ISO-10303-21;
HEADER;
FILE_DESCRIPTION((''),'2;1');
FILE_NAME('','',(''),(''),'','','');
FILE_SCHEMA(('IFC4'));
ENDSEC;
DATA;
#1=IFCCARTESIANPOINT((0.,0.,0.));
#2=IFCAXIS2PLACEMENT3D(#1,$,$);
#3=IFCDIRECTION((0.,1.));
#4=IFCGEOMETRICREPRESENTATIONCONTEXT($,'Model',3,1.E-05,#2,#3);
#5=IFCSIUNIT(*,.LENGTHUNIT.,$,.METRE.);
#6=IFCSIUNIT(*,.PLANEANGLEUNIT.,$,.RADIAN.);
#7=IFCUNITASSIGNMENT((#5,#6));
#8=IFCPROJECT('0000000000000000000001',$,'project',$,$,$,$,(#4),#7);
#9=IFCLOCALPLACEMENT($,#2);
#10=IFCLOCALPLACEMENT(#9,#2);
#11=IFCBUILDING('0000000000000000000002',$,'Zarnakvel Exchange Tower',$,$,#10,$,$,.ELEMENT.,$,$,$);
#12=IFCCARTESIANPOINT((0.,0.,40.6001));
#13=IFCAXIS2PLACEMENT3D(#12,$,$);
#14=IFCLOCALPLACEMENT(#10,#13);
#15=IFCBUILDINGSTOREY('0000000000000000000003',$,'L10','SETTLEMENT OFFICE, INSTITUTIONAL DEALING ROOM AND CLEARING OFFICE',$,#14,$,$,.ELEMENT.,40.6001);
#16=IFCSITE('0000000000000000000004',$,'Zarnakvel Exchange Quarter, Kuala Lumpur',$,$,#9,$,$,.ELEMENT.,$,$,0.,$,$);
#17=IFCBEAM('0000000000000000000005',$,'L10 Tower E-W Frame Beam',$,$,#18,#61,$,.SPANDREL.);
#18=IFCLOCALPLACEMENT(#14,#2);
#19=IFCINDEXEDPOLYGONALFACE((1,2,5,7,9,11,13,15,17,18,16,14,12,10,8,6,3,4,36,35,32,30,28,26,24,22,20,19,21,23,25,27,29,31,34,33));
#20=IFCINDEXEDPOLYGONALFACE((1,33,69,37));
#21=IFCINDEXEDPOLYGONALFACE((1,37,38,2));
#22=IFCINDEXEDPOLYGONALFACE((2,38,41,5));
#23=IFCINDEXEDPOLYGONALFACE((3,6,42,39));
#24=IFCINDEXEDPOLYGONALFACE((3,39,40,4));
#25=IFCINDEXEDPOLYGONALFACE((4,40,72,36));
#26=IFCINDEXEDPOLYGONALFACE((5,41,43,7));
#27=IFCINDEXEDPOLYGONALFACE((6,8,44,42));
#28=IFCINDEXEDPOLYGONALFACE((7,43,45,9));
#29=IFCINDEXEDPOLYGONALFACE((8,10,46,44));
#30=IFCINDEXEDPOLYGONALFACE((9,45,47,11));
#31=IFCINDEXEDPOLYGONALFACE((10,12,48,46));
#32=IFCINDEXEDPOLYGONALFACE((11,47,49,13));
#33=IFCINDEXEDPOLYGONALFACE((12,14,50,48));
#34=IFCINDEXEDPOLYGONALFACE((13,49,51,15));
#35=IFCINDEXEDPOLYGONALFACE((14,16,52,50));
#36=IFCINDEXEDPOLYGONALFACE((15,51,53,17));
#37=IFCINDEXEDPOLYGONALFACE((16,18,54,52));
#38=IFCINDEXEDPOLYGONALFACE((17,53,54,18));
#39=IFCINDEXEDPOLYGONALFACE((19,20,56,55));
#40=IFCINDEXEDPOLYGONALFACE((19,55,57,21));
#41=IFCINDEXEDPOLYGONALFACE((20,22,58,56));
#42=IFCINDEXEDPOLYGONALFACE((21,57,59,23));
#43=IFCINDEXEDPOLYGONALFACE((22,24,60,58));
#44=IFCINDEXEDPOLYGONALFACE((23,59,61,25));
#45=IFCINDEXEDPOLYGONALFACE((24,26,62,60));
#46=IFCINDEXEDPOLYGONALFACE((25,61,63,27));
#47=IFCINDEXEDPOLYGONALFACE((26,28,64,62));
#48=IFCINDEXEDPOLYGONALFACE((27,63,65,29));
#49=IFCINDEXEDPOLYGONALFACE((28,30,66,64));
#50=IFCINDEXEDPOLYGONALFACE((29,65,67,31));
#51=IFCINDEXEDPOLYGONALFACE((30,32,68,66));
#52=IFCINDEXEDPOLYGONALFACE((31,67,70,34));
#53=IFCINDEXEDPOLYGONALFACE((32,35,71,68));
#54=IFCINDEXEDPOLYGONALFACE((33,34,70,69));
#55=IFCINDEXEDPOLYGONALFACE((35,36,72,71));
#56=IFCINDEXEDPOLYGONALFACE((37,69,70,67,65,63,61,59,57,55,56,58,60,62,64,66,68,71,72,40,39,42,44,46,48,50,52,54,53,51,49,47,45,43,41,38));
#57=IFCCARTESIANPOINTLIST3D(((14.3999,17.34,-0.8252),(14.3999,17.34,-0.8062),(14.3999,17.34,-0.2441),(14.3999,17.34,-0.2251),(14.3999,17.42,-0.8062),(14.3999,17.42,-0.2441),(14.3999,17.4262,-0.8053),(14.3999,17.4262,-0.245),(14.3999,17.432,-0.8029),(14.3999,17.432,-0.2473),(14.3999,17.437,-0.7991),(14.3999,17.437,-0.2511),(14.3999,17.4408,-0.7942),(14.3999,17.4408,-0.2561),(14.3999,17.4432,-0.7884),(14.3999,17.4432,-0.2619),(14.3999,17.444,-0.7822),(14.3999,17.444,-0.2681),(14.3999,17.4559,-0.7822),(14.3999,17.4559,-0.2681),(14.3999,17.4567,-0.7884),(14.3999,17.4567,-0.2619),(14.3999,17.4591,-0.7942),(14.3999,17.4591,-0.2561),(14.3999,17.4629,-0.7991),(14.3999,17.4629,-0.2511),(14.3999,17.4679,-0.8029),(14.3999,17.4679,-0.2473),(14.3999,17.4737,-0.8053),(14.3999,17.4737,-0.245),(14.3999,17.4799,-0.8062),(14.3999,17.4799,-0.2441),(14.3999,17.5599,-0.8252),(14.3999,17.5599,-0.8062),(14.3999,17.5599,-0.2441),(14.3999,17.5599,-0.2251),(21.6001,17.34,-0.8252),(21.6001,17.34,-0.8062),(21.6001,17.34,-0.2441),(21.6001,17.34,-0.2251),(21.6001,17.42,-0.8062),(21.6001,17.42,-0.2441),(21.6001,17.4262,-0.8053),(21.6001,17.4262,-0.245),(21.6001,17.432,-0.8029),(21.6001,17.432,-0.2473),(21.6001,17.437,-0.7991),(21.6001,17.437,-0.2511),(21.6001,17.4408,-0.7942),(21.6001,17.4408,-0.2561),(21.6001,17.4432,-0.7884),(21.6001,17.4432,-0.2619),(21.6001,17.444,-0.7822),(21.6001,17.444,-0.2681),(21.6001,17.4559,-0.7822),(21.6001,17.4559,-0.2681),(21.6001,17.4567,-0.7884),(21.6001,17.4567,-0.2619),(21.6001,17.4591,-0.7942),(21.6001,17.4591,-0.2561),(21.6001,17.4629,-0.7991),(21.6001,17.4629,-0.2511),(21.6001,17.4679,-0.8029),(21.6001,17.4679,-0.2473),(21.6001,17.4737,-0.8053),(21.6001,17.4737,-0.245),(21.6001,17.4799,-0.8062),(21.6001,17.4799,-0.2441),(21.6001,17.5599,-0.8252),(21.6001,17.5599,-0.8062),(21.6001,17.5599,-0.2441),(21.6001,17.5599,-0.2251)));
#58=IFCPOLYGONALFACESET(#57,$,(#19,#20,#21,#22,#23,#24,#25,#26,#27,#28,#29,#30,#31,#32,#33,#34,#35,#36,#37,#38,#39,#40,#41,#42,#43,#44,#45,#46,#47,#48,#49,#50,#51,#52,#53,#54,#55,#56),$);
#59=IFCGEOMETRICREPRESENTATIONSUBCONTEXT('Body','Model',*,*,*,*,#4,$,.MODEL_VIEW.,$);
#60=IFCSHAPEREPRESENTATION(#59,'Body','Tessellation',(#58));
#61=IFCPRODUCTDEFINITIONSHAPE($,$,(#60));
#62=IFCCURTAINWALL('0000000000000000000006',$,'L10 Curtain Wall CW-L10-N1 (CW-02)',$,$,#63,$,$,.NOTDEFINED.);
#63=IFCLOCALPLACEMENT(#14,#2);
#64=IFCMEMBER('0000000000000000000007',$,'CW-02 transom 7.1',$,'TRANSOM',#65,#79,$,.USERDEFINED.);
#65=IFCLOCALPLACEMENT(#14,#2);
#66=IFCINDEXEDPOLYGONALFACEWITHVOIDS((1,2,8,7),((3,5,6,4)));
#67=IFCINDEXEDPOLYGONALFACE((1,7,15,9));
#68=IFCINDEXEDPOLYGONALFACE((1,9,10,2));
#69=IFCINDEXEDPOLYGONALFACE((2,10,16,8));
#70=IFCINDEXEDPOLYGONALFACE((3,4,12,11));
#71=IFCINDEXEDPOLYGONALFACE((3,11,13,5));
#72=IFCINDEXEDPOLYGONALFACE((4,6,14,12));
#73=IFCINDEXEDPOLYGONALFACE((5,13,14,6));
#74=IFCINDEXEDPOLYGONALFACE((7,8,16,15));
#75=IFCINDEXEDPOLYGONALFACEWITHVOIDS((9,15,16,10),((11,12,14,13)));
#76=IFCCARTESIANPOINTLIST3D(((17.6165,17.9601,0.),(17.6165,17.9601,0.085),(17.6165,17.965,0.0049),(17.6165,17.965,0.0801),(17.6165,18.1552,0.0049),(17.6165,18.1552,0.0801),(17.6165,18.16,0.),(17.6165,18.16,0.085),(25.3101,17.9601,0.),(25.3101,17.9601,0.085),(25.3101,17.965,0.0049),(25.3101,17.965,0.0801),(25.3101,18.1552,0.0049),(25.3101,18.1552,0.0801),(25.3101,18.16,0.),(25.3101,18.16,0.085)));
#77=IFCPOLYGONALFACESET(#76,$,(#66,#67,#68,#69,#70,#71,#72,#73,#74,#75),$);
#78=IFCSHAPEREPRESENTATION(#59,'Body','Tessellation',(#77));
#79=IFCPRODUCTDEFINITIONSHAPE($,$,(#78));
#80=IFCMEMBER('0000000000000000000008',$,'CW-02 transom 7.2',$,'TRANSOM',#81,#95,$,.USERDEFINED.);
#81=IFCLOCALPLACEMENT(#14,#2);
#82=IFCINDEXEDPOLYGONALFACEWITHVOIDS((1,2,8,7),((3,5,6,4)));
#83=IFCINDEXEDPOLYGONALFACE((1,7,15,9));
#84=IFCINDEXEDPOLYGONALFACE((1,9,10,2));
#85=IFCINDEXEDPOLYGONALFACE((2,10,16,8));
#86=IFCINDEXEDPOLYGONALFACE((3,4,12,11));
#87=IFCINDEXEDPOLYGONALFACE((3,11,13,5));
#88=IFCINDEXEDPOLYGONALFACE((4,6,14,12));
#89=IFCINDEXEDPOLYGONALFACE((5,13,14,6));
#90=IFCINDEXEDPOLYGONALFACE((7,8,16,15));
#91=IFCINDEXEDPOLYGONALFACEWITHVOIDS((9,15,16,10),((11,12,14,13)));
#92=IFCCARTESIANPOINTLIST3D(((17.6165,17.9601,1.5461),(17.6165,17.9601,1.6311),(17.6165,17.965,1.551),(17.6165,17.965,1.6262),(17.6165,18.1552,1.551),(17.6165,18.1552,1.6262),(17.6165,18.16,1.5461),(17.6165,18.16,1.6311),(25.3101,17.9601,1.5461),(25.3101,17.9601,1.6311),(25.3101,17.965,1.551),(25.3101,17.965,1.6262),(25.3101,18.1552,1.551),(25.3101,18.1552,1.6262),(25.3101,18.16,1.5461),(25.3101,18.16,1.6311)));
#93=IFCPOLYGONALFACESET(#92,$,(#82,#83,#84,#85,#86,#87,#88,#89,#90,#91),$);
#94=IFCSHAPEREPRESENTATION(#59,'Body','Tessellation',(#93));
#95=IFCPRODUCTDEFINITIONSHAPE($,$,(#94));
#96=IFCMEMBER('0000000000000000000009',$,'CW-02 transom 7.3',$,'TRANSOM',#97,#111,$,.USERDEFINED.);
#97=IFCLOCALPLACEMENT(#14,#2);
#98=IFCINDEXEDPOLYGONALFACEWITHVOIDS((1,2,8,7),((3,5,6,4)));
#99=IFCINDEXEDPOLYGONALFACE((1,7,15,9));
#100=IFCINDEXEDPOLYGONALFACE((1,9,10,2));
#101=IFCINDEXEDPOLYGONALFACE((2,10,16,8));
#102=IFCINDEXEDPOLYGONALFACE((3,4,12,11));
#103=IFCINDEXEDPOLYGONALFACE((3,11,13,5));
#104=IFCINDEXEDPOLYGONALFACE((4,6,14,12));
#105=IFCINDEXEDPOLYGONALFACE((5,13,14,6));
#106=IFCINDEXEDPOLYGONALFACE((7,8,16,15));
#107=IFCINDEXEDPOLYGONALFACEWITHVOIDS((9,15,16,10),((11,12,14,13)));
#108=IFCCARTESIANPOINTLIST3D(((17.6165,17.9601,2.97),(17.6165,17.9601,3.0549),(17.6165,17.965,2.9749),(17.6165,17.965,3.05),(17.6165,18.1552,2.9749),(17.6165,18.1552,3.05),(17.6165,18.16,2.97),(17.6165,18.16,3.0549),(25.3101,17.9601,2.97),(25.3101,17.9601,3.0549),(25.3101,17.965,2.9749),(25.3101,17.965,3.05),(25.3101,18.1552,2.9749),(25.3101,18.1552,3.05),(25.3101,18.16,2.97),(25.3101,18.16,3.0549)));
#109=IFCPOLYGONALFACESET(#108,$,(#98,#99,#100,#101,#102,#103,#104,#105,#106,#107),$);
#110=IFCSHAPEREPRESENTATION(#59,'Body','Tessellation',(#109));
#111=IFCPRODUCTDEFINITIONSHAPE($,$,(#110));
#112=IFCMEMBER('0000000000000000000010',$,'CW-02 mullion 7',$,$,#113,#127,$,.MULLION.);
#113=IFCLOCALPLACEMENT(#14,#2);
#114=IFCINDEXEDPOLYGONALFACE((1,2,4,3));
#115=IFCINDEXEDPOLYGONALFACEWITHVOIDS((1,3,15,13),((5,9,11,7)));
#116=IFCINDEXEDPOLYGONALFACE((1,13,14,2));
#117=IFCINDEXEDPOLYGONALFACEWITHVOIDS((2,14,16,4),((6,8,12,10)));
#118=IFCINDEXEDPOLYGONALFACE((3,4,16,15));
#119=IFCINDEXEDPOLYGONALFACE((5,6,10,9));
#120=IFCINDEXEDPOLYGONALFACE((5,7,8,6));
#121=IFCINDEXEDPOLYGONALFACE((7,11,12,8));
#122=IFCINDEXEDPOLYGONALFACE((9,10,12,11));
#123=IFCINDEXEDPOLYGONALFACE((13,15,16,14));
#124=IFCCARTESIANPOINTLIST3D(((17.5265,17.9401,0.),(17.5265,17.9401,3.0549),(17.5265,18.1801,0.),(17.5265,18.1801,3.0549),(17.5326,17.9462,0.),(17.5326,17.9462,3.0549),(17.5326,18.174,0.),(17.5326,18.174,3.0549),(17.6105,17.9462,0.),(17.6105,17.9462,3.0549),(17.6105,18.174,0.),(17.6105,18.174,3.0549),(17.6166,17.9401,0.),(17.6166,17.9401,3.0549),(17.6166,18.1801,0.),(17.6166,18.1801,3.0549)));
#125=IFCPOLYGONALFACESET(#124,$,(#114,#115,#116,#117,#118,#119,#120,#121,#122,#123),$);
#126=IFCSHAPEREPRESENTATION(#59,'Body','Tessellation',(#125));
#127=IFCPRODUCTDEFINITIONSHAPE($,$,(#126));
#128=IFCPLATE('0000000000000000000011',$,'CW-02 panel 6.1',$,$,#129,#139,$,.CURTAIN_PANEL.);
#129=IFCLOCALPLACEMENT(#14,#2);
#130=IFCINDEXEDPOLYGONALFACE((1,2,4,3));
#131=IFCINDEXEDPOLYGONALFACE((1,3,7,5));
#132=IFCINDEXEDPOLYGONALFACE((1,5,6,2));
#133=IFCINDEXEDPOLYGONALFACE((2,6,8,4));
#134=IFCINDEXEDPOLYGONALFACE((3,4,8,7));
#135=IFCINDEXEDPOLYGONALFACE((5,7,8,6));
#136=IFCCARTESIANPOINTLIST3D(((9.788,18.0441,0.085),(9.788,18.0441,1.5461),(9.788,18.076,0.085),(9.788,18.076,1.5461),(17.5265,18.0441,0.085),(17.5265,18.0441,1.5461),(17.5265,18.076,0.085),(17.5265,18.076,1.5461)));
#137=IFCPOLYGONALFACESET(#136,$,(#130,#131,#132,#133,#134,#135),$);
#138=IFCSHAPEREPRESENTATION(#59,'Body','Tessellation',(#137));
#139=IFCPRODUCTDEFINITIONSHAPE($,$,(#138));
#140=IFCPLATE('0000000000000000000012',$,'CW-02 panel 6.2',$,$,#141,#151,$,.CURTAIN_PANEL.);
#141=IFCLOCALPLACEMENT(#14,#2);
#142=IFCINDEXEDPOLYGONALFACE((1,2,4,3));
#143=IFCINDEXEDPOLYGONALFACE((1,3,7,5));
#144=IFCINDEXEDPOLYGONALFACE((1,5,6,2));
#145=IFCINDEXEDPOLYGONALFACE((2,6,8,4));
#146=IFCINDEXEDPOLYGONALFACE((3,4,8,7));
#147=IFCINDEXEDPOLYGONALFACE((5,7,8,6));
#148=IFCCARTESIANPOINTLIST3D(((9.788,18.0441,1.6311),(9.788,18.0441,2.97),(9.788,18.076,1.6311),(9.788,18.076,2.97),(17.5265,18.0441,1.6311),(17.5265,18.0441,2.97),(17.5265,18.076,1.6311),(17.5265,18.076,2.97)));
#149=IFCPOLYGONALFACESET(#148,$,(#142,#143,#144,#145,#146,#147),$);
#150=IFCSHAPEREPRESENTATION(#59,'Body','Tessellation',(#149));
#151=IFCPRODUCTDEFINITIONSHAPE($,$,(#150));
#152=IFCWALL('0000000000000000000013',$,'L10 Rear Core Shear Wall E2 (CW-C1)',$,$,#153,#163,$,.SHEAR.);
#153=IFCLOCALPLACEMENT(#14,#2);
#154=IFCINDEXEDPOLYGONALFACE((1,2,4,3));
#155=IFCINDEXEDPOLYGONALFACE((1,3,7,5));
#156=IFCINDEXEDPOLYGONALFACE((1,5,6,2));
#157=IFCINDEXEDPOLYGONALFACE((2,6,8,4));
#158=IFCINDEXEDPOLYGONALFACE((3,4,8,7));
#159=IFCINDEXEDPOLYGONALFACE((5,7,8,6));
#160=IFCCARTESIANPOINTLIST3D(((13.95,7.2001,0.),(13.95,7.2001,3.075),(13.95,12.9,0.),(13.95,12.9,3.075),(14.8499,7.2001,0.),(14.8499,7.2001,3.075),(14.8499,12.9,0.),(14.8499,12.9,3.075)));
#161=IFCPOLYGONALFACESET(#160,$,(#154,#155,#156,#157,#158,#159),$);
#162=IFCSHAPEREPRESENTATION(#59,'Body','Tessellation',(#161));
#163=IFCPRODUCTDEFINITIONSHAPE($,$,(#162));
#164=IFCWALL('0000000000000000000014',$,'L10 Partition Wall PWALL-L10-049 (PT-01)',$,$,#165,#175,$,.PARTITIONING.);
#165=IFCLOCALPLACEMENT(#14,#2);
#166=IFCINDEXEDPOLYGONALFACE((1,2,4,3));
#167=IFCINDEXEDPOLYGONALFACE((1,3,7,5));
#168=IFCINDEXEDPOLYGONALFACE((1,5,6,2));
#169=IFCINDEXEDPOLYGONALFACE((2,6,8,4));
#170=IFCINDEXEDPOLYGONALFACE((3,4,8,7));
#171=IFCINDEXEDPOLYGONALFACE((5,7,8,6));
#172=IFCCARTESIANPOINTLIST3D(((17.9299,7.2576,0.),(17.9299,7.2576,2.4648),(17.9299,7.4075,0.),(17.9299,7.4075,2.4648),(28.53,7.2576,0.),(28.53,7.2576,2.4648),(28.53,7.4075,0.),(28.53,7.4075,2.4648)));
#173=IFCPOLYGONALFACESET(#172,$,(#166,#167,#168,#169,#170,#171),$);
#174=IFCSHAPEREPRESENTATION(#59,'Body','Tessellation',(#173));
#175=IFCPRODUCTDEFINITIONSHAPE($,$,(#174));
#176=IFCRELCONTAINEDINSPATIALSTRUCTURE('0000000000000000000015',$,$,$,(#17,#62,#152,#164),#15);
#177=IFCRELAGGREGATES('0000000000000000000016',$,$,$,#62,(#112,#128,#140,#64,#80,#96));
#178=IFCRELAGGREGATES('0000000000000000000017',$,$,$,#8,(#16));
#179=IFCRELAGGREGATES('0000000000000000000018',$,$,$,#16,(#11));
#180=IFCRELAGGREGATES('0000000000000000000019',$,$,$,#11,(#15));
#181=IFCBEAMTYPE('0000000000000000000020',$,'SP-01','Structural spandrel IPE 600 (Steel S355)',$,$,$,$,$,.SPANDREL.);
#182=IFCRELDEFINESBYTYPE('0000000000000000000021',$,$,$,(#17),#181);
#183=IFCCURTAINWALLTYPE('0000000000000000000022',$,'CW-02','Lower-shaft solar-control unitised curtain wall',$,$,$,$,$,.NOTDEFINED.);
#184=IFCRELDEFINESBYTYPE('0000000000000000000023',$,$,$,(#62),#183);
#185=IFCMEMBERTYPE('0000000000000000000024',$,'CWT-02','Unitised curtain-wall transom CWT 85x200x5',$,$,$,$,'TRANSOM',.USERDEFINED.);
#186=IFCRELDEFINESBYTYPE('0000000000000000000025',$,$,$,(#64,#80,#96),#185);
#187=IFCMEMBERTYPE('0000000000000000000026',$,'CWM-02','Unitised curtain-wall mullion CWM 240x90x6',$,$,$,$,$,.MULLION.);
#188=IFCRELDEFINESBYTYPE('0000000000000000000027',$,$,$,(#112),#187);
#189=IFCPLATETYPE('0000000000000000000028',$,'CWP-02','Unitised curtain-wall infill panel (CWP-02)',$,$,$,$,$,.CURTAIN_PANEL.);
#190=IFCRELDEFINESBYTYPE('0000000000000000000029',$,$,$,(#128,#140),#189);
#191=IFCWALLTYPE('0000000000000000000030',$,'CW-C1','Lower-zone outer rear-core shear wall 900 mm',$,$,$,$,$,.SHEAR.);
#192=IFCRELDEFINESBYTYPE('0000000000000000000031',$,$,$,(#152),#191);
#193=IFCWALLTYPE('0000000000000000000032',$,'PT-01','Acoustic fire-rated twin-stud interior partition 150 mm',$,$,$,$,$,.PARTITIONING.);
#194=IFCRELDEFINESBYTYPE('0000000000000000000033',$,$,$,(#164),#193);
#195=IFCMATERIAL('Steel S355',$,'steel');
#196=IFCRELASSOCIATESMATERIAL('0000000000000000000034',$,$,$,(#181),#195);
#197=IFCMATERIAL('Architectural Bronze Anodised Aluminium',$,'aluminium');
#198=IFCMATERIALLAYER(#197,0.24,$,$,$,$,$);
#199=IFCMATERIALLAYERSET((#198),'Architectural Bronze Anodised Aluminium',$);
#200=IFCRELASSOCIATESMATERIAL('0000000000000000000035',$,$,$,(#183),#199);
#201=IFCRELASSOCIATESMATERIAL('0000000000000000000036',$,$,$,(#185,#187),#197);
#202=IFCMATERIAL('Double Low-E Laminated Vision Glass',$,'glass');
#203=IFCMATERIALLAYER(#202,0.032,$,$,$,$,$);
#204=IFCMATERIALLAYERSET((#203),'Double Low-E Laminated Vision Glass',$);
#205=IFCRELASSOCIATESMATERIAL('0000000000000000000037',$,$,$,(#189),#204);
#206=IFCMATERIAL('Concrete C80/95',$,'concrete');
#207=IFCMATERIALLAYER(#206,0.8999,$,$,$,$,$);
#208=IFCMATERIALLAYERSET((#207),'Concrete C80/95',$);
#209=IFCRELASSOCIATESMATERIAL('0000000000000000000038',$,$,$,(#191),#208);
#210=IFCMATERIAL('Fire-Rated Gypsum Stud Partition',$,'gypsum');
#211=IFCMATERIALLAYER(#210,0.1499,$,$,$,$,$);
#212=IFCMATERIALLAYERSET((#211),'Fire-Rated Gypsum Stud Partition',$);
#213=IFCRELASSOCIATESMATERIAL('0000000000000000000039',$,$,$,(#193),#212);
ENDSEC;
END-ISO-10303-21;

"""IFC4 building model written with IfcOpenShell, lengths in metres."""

from ifc_helpers import new_model, si_unit, direction, frame, frame_2d, origin, origin_2d, place, context, subcontext, project, spatial, rectangle, hollow_rectangle, i_section, extrude, source, transform, mapped, material, layer, layer_set, material_profile, profile_set, type_object, element, aggregate, save


model = new_model("IFC4")

# Units and contexts
model_context = context("Model", 3, precision=1e-05, world=origin(), true_north=direction((0.0, 1.0)))
body_context = subcontext(model_context, "Body", "Model", "MODEL_VIEW")
ifc_project = project(units=[si_unit("LENGTHUNIT", "METRE"), si_unit("PLANEANGLEUNIT", "RADIAN")], contexts=[model_context])

# Site, building, storey
site_placement = place(None, origin())
site = spatial("IfcSite", under=ifc_project, at=site_placement, Name="Zarnakvel Exchange Quarter, Kuala Lumpur", CompositionType="ELEMENT", RefElevation=0.0)
building_placement = place(site_placement, origin())
building = spatial("IfcBuilding", under=site, at=building_placement, Name="Zarnakvel Exchange Tower", CompositionType="ELEMENT")
storey_placement = place(building_placement, frame((0.0, 0.0, 40.6001)))
storey = spatial("IfcBuildingStorey", under=building, at=storey_placement, Name="L10", Description="SETTLEMENT OFFICE, INSTITUTIONAL DEALING ROOM AND CLEARING OFFICE", CompositionType="ELEMENT", Elevation=40.6001)

# Shared definitions
ifc_material_1 = material(Name="Concrete C80/95", Category="concrete")

# Beam
ifc_material_2 = material(Name="Steel S355", Category="steel")
ifc_material_profile_1 = material_profile(ifc_material_2, i_section(OverallWidth=0.22, OverallDepth=0.6001, WebThickness=0.012, FlangeThickness=0.019, FilletRadius=0.0239, at=origin_2d()))
ifc_profile_set_1 = profile_set([ifc_material_profile_1], Name="Steel S355")
beam_type_1 = type_object("IfcBeamType", Name="SP-01", Description="Structural spandrel IPE 600 (Steel S355)", PredefinedType="SPANDREL", material=ifc_profile_set_1)
beam_1_placement = place(storey_placement, frame((14.3999, 17.45, -0.5251), z_axis=(1.0, 0.0, 0.0), x_axis=(0.0, 1.0, 0.0)))
element("IfcBeam", 1, at=beam_1_placement, inside=storey, type_object=beam_type_1, Name="L10 Tower E-W Frame Beam", PredefinedType="SPANDREL", context=body_context, shape_type="SweptSolid", body=[
    extrude(i_section(OverallWidth=0.22, OverallDepth=0.6001, WebThickness=0.012, FlangeThickness=0.019, FilletRadius=0.0239, at=origin_2d()), origin(), (0.0, 0.0, 1.0), 7.2002),
])

# Curtain wall, members, plates
ifc_material_3 = material(Name="Architectural Bronze Anodised Aluminium", Category="aluminium")
ifc_layer_1 = layer(ifc_material_3, 0.24)
ifc_layer_set_1 = layer_set([ifc_layer_1], Name="Architectural Bronze Anodised Aluminium")
curtain_wall_type = type_object("IfcCurtainWallType", Name="CW-02", Description="Lower-shaft solar-control unitised curtain wall", PredefinedType="NOTDEFINED", material=ifc_layer_set_1)
curtain_wall_placement = place(storey_placement, origin())
curtain_wall = element("IfcCurtainWall", 2, at=curtain_wall_placement, inside=storey, type_object=curtain_wall_type, Name="L10 Curtain Wall CW-L10-N1 (CW-02)", PredefinedType="NOTDEFINED")
ifc_material_profile_2 = material_profile(ifc_material_3, hollow_rectangle(XDim=0.2, YDim=0.085, WallThickness=0.0049, at=origin_2d()))
ifc_profile_set_2 = profile_set([ifc_material_profile_2], Name="Architectural Bronze Anodised Aluminium")
member_type_1 = type_object("IfcMemberType", Name="CWT-02", Description="Unitised curtain-wall transom CWT 85x200x5", ElementType="TRANSOM", PredefinedType="USERDEFINED", material=ifc_profile_set_2)
shared_shape_1 = source(origin(), body_context, "Body", "SweptSolid", [
    extrude(hollow_rectangle(XDim=0.2, YDim=0.085, WallThickness=0.0049, at=origin_2d()), origin(), (0.0, 0.0, 1.0), 7.6936),
])
member_1_placement = place(storey_placement, frame((17.6165, 18.0601, 0.0425), z_axis=(1.0, 0.0, 0.0), x_axis=(0.0, 1.0, 0.0)))
member_1 = element("IfcMember", 3, at=member_1_placement, type_object=member_type_1, Name="CW-02 transom 7.1", ObjectType="TRANSOM", PredefinedType="USERDEFINED", context=body_context, shape_type="MappedRepresentation", body=[
    mapped(shared_shape_1, transform((0.0, 0.0, 0.0), x_axis=(1.0, 0.0, 0.0), y_axis=(0.0, 1.0, 0.0), z_axis=(0.0, 0.0, 1.0), scale=1.0)),
])
member_2_placement = place(storey_placement, frame((17.6165, 18.0601, 1.5886), z_axis=(1.0, 0.0, 0.0), x_axis=(0.0, 1.0, 0.0)))
member_2 = element("IfcMember", 4, at=member_2_placement, type_object=member_type_1, Name="CW-02 transom 7.2", ObjectType="TRANSOM", PredefinedType="USERDEFINED", context=body_context, shape_type="MappedRepresentation", body=[
    mapped(shared_shape_1, transform((0.0, 0.0, 0.0), x_axis=(1.0, 0.0, 0.0), y_axis=(0.0, 1.0, 0.0), z_axis=(0.0, 0.0, 1.0), scale=1.0)),
])
member_3_placement = place(storey_placement, frame((17.6165, 18.0601, 3.0125), z_axis=(1.0, 0.0, 0.0), x_axis=(0.0, 1.0, 0.0)))
member_3 = element("IfcMember", 5, at=member_3_placement, type_object=member_type_1, Name="CW-02 transom 7.3", ObjectType="TRANSOM", PredefinedType="USERDEFINED", context=body_context, shape_type="MappedRepresentation", body=[
    mapped(shared_shape_1, transform((0.0, 0.0, 0.0), x_axis=(1.0, 0.0, 0.0), y_axis=(0.0, 1.0, 0.0), z_axis=(0.0, 0.0, 1.0), scale=1.0)),
])
ifc_material_profile_3 = material_profile(ifc_material_3, hollow_rectangle(XDim=0.24, YDim=0.0901, WallThickness=0.0061, at=origin_2d()))
ifc_profile_set_3 = profile_set([ifc_material_profile_3], Name="Architectural Bronze Anodised Aluminium")
member_type_2 = type_object("IfcMemberType", Name="CWM-02", Description="Unitised curtain-wall mullion CWM 240x90x6", PredefinedType="MULLION", material=ifc_profile_set_3)
shared_shape_2 = source(origin(), body_context, "Body", "SweptSolid", [
    extrude(hollow_rectangle(XDim=0.24, YDim=0.0901, WallThickness=0.0061, at=origin_2d()), origin(), (0.0, 0.0, 1.0), 3.0549),
])
member_4_placement = place(storey_placement, frame((17.5715, 18.0601, 0.0), z_axis=(0.0, 0.0, 1.0), x_axis=(0.0, 1.0, 0.0)))
member_4 = element("IfcMember", 6, at=member_4_placement, type_object=member_type_2, Name="CW-02 mullion 7", PredefinedType="MULLION", context=body_context, shape_type="MappedRepresentation", body=[
    mapped(shared_shape_2, transform((0.0, 0.0, 0.0), x_axis=(1.0, 0.0, 0.0), y_axis=(0.0, 1.0, 0.0), z_axis=(0.0, 0.0, 1.0), scale=1.0)),
])
ifc_material_4 = material(Name="Double Low-E Laminated Vision Glass", Category="glass")
ifc_layer_2 = layer(ifc_material_4, 0.032)
ifc_layer_set_2 = layer_set([ifc_layer_2], Name="Double Low-E Laminated Vision Glass")
plate_type = type_object("IfcPlateType", Name="CWP-02", Description="Unitised curtain-wall infill panel (CWP-02)", PredefinedType="CURTAIN_PANEL", material=ifc_layer_set_2)
shared_shape_3 = source(origin(), body_context, "Body", "SweptSolid", [
    extrude(rectangle(XDim=7.7385, YDim=0.032, at=origin_2d()), origin(), (0.0, 0.0, 1.0), 1.4612),
])
plate_1_placement = place(storey_placement, frame((13.6572, 18.0601, 0.085), z_axis=(0.0, 0.0, 1.0), x_axis=(1.0, 0.0, 0.0)))
plate_1 = element("IfcPlate", 7, at=plate_1_placement, type_object=plate_type, Name="CW-02 panel 6.1", PredefinedType="CURTAIN_PANEL", context=body_context, shape_type="MappedRepresentation", body=[
    mapped(shared_shape_3, transform((0.0, 0.0, 0.0), x_axis=(1.0, 0.0, 0.0), y_axis=(0.0, 1.0, 0.0), z_axis=(0.0, 0.0, 1.0), scale=1.0)),
])
shared_shape_4 = source(origin(), body_context, "Body", "SweptSolid", [
    extrude(rectangle(XDim=7.7385, YDim=0.032, at=origin_2d()), origin(), (0.0, 0.0, 1.0), 1.3389),
])
plate_2_placement = place(storey_placement, frame((13.6572, 18.0601, 1.6311), z_axis=(0.0, 0.0, 1.0), x_axis=(1.0, 0.0, 0.0)))
plate_2 = element("IfcPlate", 8, at=plate_2_placement, type_object=plate_type, Name="CW-02 panel 6.2", PredefinedType="CURTAIN_PANEL", context=body_context, shape_type="MappedRepresentation", body=[
    mapped(shared_shape_4, transform((0.0, 0.0, 0.0), x_axis=(1.0, 0.0, 0.0), y_axis=(0.0, 1.0, 0.0), z_axis=(0.0, 0.0, 1.0), scale=1.0)),
])
aggregate(curtain_wall, [member_4, plate_1, plate_2, member_1, member_2, member_3])

# Walls
ifc_layer_3 = layer(ifc_material_1, 0.8999)
ifc_layer_set_3 = layer_set([ifc_layer_3], Name="Concrete C80/95")
wall_type_1 = type_object("IfcWallType", Name="CW-C1", Description="Lower-zone outer rear-core shear wall 900 mm", PredefinedType="SHEAR", material=ifc_layer_set_3)
wall_1_placement = place(storey_placement, frame((14.3999, 7.2, 0.0), z_axis=(0.0, 0.0, 1.0), x_axis=(0.0, 1.0, 0.0)))
element("IfcWall", 9, at=wall_1_placement, inside=storey, type_object=wall_type_1, Name="L10 Rear Core Shear Wall E2 (CW-C1)", PredefinedType="SHEAR", context=body_context, shape_type="SweptSolid", body=[
    extrude(rectangle(XDim=5.7, YDim=0.8999, at=frame_2d((2.8501, 0.0))), origin(), (0.0, 0.0, 1.0), 3.075),
])
ifc_material_5 = material(Name="Fire-Rated Gypsum Stud Partition", Category="gypsum")
ifc_layer_4 = layer(ifc_material_5, 0.1499)
ifc_layer_set_4 = layer_set([ifc_layer_4], Name="Fire-Rated Gypsum Stud Partition")
wall_type_2 = type_object("IfcWallType", Name="PT-01", Description="Acoustic fire-rated twin-stud interior partition 150 mm", PredefinedType="PARTITIONING", material=ifc_layer_set_4)
wall_2_placement = place(storey_placement, frame((17.9299, 7.3325, 0.0), z_axis=(0.0, 0.0, 1.0), x_axis=(1.0, 0.0, 0.0)))
element("IfcWall", 10, at=wall_2_placement, inside=storey, type_object=wall_type_2, Name="L10 Partition Wall PWALL-L10-049 (PT-01)", PredefinedType="PARTITIONING", context=body_context, shape_type="SweptSolid", body=[
    extrude(rectangle(XDim=10.6001, YDim=0.1499, at=frame_2d((5.3, 0.0))), origin(), (0.0, 0.0, 1.0), 2.4648),
])

save(model, "model.ifc")
